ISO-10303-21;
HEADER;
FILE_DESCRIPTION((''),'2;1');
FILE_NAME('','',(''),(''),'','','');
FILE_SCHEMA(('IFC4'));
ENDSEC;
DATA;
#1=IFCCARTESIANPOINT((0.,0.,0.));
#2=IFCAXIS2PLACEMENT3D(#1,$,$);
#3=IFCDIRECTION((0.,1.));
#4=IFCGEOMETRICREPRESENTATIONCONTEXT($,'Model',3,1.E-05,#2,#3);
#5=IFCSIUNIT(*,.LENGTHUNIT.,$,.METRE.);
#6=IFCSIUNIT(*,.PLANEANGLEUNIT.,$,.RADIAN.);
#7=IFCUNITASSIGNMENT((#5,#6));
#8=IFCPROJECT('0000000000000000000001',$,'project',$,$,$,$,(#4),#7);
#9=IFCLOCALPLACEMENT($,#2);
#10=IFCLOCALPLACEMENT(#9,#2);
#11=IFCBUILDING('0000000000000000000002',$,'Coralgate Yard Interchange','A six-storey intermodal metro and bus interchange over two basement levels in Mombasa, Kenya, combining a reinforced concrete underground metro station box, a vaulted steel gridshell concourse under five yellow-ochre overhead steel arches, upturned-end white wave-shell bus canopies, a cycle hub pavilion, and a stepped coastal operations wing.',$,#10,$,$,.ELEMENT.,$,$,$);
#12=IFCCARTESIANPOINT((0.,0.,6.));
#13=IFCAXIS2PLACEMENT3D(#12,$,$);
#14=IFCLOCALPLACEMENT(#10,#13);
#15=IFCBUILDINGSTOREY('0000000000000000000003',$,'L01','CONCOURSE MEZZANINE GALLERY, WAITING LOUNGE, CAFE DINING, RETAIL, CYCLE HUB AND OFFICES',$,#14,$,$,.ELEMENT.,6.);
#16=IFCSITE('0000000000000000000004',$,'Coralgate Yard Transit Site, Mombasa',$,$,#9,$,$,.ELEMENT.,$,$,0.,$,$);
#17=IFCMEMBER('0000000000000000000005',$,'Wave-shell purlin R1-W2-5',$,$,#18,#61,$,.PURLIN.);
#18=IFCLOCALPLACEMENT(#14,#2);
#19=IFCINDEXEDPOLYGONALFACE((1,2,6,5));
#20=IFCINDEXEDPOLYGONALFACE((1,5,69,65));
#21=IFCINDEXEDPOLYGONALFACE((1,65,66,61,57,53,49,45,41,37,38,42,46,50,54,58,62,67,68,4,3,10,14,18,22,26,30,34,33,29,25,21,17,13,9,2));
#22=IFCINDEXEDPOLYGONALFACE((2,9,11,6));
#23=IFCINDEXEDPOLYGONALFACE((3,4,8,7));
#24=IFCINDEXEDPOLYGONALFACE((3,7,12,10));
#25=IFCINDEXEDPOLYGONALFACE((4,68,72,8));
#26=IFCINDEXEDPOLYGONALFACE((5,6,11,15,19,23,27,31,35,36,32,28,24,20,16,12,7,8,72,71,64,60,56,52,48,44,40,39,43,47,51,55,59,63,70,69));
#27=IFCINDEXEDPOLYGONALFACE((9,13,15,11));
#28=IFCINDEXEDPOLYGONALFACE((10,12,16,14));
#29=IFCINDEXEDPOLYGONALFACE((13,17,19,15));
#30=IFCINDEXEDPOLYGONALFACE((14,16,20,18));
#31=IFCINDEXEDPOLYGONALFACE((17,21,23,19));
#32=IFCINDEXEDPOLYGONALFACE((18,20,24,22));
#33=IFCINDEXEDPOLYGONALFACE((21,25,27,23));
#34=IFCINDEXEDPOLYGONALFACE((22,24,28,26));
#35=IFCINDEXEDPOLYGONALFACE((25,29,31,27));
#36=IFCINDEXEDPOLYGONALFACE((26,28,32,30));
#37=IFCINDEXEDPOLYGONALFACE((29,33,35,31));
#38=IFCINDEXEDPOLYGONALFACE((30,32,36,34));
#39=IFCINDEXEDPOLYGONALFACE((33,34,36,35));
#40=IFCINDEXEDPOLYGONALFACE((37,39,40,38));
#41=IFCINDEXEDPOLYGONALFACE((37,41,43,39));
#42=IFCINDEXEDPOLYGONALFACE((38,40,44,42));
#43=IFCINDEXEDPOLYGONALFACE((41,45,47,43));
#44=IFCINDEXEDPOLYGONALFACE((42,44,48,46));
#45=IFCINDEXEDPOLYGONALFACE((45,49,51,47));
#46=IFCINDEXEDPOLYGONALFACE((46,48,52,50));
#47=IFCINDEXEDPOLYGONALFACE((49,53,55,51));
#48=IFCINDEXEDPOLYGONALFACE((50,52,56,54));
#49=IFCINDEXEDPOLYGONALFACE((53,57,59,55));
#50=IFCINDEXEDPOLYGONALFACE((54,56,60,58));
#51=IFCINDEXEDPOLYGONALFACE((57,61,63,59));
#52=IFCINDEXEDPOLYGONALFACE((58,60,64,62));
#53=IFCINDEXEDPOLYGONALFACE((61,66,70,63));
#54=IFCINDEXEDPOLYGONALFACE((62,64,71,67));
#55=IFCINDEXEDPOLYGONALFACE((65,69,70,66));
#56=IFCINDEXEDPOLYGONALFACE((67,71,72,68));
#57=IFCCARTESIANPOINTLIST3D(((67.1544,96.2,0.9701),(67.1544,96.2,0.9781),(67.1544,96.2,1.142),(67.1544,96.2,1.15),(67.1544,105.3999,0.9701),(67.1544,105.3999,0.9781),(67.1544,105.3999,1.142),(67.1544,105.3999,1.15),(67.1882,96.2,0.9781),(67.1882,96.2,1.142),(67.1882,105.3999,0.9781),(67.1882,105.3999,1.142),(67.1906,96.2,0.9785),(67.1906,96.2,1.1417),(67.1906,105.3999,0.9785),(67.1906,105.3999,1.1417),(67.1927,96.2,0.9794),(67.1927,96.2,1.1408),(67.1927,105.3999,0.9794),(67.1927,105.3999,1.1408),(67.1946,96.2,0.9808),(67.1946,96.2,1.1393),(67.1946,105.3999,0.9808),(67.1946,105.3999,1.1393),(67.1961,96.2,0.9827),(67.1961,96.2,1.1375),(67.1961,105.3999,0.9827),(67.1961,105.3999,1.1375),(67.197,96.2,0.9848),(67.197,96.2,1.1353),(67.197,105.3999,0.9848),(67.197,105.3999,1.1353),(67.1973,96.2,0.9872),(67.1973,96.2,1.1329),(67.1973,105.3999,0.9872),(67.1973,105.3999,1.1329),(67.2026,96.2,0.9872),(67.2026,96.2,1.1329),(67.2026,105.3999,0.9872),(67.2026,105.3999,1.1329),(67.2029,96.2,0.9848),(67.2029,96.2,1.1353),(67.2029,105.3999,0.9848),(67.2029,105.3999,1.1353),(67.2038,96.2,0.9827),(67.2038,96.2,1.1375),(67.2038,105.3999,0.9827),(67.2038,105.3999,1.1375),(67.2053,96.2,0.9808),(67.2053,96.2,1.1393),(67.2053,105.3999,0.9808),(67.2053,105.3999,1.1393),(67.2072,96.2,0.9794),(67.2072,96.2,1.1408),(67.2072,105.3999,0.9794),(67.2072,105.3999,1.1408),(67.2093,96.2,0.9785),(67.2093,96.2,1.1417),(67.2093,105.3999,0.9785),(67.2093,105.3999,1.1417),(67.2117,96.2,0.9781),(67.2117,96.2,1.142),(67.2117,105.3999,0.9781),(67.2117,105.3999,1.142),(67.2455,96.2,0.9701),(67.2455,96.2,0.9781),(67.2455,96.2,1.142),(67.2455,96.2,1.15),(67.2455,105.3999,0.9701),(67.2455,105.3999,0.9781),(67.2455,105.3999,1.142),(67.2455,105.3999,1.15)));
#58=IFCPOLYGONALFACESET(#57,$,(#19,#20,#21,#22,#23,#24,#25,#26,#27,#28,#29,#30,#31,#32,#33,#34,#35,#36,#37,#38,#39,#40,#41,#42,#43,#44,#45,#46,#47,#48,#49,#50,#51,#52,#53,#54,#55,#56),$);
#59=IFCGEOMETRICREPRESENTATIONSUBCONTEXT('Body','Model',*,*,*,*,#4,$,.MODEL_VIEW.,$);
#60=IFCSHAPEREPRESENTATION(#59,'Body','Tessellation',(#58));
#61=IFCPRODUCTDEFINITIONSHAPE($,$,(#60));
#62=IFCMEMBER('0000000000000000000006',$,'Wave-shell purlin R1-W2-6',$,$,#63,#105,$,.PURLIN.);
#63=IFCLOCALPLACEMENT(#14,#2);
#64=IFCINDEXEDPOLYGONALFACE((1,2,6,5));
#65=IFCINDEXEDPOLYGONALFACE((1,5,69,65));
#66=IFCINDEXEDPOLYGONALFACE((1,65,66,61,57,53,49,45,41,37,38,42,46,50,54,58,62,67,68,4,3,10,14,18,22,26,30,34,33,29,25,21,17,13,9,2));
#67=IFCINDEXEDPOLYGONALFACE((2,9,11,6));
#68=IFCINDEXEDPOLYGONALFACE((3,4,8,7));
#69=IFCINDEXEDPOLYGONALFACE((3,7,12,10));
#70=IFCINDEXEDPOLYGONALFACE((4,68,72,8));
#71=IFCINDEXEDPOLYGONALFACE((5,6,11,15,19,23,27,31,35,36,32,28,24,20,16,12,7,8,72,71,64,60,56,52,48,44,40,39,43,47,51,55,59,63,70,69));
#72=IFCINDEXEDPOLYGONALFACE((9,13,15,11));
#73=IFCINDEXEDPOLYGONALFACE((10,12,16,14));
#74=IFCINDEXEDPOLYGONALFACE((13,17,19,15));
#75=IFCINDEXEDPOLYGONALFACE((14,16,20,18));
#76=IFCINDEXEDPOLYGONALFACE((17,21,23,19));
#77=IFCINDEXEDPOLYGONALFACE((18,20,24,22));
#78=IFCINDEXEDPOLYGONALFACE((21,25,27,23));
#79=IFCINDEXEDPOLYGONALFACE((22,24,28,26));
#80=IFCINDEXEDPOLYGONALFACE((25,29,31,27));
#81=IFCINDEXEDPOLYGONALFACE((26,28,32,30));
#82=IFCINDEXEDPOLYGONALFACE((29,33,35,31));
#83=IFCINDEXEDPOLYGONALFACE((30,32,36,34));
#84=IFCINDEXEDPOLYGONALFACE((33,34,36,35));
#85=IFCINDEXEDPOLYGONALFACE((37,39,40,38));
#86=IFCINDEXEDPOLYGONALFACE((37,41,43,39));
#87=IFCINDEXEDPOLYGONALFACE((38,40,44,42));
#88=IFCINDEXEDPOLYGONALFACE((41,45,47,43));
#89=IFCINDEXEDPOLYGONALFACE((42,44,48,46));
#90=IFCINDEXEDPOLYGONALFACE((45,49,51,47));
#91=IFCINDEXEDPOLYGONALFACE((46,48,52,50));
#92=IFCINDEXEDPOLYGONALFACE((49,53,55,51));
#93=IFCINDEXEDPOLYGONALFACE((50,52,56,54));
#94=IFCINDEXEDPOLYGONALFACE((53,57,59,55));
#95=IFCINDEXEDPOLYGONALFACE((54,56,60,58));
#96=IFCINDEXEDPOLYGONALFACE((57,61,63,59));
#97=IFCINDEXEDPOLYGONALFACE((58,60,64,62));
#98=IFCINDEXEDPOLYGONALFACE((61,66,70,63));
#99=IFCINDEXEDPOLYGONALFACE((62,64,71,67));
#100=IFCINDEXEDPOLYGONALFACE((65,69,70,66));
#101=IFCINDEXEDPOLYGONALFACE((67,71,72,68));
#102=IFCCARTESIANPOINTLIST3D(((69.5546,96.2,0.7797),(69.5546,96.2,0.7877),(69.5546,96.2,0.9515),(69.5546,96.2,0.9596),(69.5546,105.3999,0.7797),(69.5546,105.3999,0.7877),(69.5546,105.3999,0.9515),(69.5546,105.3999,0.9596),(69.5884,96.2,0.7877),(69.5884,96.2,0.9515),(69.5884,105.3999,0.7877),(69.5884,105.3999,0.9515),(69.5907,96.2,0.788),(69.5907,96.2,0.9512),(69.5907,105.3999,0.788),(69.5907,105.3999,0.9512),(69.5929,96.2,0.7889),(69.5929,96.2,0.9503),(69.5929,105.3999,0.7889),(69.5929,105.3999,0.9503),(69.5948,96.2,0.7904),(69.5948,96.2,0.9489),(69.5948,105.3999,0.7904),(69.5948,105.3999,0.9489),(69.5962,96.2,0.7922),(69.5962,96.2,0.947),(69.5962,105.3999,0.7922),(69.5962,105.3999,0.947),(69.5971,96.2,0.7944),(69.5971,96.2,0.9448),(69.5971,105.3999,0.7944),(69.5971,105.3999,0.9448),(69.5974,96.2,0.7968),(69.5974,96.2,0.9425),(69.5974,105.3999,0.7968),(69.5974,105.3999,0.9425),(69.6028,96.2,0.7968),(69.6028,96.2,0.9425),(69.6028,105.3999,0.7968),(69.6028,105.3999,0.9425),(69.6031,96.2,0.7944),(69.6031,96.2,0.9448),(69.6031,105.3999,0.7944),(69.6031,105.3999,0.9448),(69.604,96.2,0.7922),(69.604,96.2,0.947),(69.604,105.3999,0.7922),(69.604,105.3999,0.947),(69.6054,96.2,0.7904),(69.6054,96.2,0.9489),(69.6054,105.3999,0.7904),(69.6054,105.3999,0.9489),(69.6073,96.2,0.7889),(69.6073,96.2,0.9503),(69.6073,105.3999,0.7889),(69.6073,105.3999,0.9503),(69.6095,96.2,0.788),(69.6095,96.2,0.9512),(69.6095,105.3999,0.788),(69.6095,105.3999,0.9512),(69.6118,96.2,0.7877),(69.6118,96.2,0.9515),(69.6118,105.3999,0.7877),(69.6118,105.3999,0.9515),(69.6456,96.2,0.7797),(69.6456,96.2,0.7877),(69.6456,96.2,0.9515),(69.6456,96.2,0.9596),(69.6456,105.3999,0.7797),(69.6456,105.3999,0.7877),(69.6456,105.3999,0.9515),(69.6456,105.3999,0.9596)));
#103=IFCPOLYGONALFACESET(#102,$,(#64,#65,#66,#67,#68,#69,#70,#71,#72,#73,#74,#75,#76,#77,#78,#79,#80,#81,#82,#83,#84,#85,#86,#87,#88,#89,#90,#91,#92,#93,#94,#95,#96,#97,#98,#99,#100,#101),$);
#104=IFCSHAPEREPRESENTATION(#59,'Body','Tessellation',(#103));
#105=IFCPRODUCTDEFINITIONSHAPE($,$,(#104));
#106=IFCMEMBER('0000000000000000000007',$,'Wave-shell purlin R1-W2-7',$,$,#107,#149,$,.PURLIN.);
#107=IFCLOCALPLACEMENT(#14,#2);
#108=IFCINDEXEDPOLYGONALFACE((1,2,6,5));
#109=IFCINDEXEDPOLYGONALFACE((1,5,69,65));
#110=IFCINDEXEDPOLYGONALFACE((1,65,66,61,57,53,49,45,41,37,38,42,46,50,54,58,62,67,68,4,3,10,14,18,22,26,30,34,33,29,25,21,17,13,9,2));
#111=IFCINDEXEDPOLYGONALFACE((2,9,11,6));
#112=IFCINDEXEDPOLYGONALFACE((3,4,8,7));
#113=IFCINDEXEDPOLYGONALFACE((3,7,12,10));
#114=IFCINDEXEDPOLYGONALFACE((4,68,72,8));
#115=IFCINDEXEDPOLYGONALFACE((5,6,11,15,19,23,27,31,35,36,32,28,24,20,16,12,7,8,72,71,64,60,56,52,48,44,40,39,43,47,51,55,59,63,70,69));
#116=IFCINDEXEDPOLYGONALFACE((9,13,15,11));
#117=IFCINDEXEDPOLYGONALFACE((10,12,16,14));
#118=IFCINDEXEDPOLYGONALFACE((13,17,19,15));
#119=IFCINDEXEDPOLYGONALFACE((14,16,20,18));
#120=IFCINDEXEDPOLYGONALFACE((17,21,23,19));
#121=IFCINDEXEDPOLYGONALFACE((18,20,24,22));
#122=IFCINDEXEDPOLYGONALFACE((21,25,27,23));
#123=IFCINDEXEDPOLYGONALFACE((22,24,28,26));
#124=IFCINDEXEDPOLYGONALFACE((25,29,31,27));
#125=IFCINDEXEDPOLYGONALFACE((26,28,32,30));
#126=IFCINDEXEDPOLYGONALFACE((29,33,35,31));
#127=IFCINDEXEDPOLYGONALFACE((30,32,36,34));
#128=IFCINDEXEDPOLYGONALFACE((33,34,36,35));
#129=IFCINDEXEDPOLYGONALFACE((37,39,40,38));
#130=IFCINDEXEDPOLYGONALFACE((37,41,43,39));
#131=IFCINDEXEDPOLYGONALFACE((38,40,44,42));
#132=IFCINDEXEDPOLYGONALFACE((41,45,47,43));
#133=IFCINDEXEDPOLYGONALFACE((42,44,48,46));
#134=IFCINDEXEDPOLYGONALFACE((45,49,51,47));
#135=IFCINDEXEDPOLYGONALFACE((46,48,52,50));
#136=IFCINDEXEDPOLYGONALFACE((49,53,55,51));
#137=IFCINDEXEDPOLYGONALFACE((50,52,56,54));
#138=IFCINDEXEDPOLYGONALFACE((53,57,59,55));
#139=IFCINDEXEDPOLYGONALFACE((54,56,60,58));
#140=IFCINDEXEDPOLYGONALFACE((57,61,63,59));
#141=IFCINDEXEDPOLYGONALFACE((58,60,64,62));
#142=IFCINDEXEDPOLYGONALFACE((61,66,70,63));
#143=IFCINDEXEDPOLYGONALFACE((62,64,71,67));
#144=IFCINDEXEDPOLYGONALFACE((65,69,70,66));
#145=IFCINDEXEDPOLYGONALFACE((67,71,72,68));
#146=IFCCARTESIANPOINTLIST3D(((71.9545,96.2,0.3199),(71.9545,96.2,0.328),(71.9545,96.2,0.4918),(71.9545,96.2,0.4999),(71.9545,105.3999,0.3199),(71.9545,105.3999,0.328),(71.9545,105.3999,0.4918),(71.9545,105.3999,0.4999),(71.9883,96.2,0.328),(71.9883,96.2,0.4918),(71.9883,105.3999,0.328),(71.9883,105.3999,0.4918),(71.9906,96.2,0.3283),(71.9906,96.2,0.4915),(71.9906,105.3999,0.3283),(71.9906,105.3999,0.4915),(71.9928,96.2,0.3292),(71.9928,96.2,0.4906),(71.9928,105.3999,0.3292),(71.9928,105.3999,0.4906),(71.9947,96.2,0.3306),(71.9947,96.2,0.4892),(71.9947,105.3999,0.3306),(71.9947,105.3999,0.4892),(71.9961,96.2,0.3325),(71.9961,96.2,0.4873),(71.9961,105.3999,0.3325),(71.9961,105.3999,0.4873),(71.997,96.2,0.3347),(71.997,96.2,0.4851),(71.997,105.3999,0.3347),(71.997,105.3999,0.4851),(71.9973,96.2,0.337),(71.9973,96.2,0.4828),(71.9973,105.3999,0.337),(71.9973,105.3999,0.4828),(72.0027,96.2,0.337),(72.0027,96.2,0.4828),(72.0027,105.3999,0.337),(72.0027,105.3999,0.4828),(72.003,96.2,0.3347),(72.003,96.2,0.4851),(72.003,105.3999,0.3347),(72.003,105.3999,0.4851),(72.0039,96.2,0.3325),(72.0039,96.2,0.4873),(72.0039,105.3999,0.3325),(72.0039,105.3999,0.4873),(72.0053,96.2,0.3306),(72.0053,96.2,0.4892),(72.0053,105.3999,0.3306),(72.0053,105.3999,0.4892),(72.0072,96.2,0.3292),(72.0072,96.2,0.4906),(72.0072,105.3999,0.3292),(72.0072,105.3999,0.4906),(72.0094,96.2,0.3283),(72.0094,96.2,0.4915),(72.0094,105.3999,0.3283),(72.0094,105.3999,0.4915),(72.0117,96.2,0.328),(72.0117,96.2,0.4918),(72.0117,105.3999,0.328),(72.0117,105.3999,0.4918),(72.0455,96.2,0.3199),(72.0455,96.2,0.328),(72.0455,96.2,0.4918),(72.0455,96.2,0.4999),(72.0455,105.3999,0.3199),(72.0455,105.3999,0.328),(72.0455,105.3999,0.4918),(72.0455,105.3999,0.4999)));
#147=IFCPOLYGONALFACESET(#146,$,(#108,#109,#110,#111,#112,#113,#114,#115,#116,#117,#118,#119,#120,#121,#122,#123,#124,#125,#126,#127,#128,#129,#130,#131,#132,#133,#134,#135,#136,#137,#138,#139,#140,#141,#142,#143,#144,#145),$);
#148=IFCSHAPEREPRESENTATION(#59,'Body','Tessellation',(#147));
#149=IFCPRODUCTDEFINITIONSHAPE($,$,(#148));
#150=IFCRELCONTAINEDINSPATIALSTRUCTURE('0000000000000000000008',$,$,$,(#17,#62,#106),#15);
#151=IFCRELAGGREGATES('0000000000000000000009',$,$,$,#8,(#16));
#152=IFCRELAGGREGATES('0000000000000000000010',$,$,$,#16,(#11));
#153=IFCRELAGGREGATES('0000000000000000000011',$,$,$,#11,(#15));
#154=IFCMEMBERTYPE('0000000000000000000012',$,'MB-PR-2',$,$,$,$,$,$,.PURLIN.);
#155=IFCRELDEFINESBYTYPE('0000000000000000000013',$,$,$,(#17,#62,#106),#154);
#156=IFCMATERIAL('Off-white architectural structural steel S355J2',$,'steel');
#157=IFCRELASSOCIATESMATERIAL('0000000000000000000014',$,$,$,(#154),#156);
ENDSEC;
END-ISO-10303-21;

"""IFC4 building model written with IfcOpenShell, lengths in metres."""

from ifc_helpers import new_model, si_unit, direction, frame, origin, origin_2d, place, context, subcontext, project, spatial, i_section, extrude, material, material_profile, profile_set, type_object, element, save


model = new_model("IFC4")

# Units and contexts
model_context = context("Model", 3, precision=1e-05, world=origin(), true_north=direction((0.0, 1.0)))
body_context = subcontext(model_context, "Body", "Model", "MODEL_VIEW")
ifc_project = project(units=[si_unit("LENGTHUNIT", "METRE"), si_unit("PLANEANGLEUNIT", "RADIAN")], contexts=[model_context])

# Site, building, storey
site_placement = place(None, origin())
site = spatial("IfcSite", under=ifc_project, at=site_placement, Name="Coralgate Yard Transit Site, Mombasa", CompositionType="ELEMENT", RefElevation=0.0)
building_placement = place(site_placement, origin())
building = spatial("IfcBuilding", under=site, at=building_placement, Name="Coralgate Yard Interchange", Description="A six-storey intermodal metro and bus interchange over two basement levels in Mombasa, Kenya, combining a reinforced concrete underground metro station box, a vaulted steel gridshell concourse under five yellow-ochre overhead steel arches, upturned-end white wave-shell bus canopies, a cycle hub pavilion, and a stepped coastal operations wing.", CompositionType="ELEMENT")
storey_placement = place(building_placement, frame((0.0, 0.0, 6.0)))
storey = spatial("IfcBuildingStorey", under=building, at=storey_placement, Name="L01", Description="CONCOURSE MEZZANINE GALLERY, WAITING LOUNGE, CAFE DINING, RETAIL, CYCLE HUB AND OFFICES", CompositionType="ELEMENT", Elevation=6.0)

# Shared definitions
ifc_material_1 = material(Name="Off-white architectural structural steel S355J2", Category="steel")

# Members
ifc_material_profile_1 = material_profile(ifc_material_1, i_section(OverallWidth=0.0911, OverallDepth=0.1799, WebThickness=0.0054, FlangeThickness=0.0081, FilletRadius=0.009, at=origin_2d()), Name="IPE 180")
ifc_profile_set_1 = profile_set([ifc_material_profile_1], Name="Off-white architectural structural steel S355J2")
member_type_1 = type_object("IfcMemberType", Name="MB-PR-2", PredefinedType="PURLIN", material=ifc_profile_set_1)
for number, where, z_axis, x_axis, name in (
    (1, (67.2, 96.2, 1.0601), (0.0, 1.0, 0.0), (-1.0, 0.0, 0.0), "Wave-shell purlin R1-W2-5"),
    (2, (69.6001, 96.2, 0.8696), (0.0, 1.0, 0.0), (-1.0, 0.0, 0.0), "Wave-shell purlin R1-W2-6"),
    (3, (72.0, 96.2, 0.4099), (0.0, 1.0, 0.0), (-1.0, 0.0, 0.0), "Wave-shell purlin R1-W2-7"),
):
    element("IfcMember", number, at=place(storey_placement, frame(where, z_axis=z_axis, x_axis=x_axis)), inside=storey, type_object=member_type_1, Name=name, PredefinedType="PURLIN", context=body_context, shape_type="SweptSolid", body=[
        extrude(i_section(OverallWidth=0.0911, OverallDepth=0.1799, WebThickness=0.0054, FlangeThickness=0.0081, FilletRadius=0.009, at=origin_2d()), origin(), (0.0, 0.0, 1.0), 9.2),
    ])

save(model, "model.ifc")
